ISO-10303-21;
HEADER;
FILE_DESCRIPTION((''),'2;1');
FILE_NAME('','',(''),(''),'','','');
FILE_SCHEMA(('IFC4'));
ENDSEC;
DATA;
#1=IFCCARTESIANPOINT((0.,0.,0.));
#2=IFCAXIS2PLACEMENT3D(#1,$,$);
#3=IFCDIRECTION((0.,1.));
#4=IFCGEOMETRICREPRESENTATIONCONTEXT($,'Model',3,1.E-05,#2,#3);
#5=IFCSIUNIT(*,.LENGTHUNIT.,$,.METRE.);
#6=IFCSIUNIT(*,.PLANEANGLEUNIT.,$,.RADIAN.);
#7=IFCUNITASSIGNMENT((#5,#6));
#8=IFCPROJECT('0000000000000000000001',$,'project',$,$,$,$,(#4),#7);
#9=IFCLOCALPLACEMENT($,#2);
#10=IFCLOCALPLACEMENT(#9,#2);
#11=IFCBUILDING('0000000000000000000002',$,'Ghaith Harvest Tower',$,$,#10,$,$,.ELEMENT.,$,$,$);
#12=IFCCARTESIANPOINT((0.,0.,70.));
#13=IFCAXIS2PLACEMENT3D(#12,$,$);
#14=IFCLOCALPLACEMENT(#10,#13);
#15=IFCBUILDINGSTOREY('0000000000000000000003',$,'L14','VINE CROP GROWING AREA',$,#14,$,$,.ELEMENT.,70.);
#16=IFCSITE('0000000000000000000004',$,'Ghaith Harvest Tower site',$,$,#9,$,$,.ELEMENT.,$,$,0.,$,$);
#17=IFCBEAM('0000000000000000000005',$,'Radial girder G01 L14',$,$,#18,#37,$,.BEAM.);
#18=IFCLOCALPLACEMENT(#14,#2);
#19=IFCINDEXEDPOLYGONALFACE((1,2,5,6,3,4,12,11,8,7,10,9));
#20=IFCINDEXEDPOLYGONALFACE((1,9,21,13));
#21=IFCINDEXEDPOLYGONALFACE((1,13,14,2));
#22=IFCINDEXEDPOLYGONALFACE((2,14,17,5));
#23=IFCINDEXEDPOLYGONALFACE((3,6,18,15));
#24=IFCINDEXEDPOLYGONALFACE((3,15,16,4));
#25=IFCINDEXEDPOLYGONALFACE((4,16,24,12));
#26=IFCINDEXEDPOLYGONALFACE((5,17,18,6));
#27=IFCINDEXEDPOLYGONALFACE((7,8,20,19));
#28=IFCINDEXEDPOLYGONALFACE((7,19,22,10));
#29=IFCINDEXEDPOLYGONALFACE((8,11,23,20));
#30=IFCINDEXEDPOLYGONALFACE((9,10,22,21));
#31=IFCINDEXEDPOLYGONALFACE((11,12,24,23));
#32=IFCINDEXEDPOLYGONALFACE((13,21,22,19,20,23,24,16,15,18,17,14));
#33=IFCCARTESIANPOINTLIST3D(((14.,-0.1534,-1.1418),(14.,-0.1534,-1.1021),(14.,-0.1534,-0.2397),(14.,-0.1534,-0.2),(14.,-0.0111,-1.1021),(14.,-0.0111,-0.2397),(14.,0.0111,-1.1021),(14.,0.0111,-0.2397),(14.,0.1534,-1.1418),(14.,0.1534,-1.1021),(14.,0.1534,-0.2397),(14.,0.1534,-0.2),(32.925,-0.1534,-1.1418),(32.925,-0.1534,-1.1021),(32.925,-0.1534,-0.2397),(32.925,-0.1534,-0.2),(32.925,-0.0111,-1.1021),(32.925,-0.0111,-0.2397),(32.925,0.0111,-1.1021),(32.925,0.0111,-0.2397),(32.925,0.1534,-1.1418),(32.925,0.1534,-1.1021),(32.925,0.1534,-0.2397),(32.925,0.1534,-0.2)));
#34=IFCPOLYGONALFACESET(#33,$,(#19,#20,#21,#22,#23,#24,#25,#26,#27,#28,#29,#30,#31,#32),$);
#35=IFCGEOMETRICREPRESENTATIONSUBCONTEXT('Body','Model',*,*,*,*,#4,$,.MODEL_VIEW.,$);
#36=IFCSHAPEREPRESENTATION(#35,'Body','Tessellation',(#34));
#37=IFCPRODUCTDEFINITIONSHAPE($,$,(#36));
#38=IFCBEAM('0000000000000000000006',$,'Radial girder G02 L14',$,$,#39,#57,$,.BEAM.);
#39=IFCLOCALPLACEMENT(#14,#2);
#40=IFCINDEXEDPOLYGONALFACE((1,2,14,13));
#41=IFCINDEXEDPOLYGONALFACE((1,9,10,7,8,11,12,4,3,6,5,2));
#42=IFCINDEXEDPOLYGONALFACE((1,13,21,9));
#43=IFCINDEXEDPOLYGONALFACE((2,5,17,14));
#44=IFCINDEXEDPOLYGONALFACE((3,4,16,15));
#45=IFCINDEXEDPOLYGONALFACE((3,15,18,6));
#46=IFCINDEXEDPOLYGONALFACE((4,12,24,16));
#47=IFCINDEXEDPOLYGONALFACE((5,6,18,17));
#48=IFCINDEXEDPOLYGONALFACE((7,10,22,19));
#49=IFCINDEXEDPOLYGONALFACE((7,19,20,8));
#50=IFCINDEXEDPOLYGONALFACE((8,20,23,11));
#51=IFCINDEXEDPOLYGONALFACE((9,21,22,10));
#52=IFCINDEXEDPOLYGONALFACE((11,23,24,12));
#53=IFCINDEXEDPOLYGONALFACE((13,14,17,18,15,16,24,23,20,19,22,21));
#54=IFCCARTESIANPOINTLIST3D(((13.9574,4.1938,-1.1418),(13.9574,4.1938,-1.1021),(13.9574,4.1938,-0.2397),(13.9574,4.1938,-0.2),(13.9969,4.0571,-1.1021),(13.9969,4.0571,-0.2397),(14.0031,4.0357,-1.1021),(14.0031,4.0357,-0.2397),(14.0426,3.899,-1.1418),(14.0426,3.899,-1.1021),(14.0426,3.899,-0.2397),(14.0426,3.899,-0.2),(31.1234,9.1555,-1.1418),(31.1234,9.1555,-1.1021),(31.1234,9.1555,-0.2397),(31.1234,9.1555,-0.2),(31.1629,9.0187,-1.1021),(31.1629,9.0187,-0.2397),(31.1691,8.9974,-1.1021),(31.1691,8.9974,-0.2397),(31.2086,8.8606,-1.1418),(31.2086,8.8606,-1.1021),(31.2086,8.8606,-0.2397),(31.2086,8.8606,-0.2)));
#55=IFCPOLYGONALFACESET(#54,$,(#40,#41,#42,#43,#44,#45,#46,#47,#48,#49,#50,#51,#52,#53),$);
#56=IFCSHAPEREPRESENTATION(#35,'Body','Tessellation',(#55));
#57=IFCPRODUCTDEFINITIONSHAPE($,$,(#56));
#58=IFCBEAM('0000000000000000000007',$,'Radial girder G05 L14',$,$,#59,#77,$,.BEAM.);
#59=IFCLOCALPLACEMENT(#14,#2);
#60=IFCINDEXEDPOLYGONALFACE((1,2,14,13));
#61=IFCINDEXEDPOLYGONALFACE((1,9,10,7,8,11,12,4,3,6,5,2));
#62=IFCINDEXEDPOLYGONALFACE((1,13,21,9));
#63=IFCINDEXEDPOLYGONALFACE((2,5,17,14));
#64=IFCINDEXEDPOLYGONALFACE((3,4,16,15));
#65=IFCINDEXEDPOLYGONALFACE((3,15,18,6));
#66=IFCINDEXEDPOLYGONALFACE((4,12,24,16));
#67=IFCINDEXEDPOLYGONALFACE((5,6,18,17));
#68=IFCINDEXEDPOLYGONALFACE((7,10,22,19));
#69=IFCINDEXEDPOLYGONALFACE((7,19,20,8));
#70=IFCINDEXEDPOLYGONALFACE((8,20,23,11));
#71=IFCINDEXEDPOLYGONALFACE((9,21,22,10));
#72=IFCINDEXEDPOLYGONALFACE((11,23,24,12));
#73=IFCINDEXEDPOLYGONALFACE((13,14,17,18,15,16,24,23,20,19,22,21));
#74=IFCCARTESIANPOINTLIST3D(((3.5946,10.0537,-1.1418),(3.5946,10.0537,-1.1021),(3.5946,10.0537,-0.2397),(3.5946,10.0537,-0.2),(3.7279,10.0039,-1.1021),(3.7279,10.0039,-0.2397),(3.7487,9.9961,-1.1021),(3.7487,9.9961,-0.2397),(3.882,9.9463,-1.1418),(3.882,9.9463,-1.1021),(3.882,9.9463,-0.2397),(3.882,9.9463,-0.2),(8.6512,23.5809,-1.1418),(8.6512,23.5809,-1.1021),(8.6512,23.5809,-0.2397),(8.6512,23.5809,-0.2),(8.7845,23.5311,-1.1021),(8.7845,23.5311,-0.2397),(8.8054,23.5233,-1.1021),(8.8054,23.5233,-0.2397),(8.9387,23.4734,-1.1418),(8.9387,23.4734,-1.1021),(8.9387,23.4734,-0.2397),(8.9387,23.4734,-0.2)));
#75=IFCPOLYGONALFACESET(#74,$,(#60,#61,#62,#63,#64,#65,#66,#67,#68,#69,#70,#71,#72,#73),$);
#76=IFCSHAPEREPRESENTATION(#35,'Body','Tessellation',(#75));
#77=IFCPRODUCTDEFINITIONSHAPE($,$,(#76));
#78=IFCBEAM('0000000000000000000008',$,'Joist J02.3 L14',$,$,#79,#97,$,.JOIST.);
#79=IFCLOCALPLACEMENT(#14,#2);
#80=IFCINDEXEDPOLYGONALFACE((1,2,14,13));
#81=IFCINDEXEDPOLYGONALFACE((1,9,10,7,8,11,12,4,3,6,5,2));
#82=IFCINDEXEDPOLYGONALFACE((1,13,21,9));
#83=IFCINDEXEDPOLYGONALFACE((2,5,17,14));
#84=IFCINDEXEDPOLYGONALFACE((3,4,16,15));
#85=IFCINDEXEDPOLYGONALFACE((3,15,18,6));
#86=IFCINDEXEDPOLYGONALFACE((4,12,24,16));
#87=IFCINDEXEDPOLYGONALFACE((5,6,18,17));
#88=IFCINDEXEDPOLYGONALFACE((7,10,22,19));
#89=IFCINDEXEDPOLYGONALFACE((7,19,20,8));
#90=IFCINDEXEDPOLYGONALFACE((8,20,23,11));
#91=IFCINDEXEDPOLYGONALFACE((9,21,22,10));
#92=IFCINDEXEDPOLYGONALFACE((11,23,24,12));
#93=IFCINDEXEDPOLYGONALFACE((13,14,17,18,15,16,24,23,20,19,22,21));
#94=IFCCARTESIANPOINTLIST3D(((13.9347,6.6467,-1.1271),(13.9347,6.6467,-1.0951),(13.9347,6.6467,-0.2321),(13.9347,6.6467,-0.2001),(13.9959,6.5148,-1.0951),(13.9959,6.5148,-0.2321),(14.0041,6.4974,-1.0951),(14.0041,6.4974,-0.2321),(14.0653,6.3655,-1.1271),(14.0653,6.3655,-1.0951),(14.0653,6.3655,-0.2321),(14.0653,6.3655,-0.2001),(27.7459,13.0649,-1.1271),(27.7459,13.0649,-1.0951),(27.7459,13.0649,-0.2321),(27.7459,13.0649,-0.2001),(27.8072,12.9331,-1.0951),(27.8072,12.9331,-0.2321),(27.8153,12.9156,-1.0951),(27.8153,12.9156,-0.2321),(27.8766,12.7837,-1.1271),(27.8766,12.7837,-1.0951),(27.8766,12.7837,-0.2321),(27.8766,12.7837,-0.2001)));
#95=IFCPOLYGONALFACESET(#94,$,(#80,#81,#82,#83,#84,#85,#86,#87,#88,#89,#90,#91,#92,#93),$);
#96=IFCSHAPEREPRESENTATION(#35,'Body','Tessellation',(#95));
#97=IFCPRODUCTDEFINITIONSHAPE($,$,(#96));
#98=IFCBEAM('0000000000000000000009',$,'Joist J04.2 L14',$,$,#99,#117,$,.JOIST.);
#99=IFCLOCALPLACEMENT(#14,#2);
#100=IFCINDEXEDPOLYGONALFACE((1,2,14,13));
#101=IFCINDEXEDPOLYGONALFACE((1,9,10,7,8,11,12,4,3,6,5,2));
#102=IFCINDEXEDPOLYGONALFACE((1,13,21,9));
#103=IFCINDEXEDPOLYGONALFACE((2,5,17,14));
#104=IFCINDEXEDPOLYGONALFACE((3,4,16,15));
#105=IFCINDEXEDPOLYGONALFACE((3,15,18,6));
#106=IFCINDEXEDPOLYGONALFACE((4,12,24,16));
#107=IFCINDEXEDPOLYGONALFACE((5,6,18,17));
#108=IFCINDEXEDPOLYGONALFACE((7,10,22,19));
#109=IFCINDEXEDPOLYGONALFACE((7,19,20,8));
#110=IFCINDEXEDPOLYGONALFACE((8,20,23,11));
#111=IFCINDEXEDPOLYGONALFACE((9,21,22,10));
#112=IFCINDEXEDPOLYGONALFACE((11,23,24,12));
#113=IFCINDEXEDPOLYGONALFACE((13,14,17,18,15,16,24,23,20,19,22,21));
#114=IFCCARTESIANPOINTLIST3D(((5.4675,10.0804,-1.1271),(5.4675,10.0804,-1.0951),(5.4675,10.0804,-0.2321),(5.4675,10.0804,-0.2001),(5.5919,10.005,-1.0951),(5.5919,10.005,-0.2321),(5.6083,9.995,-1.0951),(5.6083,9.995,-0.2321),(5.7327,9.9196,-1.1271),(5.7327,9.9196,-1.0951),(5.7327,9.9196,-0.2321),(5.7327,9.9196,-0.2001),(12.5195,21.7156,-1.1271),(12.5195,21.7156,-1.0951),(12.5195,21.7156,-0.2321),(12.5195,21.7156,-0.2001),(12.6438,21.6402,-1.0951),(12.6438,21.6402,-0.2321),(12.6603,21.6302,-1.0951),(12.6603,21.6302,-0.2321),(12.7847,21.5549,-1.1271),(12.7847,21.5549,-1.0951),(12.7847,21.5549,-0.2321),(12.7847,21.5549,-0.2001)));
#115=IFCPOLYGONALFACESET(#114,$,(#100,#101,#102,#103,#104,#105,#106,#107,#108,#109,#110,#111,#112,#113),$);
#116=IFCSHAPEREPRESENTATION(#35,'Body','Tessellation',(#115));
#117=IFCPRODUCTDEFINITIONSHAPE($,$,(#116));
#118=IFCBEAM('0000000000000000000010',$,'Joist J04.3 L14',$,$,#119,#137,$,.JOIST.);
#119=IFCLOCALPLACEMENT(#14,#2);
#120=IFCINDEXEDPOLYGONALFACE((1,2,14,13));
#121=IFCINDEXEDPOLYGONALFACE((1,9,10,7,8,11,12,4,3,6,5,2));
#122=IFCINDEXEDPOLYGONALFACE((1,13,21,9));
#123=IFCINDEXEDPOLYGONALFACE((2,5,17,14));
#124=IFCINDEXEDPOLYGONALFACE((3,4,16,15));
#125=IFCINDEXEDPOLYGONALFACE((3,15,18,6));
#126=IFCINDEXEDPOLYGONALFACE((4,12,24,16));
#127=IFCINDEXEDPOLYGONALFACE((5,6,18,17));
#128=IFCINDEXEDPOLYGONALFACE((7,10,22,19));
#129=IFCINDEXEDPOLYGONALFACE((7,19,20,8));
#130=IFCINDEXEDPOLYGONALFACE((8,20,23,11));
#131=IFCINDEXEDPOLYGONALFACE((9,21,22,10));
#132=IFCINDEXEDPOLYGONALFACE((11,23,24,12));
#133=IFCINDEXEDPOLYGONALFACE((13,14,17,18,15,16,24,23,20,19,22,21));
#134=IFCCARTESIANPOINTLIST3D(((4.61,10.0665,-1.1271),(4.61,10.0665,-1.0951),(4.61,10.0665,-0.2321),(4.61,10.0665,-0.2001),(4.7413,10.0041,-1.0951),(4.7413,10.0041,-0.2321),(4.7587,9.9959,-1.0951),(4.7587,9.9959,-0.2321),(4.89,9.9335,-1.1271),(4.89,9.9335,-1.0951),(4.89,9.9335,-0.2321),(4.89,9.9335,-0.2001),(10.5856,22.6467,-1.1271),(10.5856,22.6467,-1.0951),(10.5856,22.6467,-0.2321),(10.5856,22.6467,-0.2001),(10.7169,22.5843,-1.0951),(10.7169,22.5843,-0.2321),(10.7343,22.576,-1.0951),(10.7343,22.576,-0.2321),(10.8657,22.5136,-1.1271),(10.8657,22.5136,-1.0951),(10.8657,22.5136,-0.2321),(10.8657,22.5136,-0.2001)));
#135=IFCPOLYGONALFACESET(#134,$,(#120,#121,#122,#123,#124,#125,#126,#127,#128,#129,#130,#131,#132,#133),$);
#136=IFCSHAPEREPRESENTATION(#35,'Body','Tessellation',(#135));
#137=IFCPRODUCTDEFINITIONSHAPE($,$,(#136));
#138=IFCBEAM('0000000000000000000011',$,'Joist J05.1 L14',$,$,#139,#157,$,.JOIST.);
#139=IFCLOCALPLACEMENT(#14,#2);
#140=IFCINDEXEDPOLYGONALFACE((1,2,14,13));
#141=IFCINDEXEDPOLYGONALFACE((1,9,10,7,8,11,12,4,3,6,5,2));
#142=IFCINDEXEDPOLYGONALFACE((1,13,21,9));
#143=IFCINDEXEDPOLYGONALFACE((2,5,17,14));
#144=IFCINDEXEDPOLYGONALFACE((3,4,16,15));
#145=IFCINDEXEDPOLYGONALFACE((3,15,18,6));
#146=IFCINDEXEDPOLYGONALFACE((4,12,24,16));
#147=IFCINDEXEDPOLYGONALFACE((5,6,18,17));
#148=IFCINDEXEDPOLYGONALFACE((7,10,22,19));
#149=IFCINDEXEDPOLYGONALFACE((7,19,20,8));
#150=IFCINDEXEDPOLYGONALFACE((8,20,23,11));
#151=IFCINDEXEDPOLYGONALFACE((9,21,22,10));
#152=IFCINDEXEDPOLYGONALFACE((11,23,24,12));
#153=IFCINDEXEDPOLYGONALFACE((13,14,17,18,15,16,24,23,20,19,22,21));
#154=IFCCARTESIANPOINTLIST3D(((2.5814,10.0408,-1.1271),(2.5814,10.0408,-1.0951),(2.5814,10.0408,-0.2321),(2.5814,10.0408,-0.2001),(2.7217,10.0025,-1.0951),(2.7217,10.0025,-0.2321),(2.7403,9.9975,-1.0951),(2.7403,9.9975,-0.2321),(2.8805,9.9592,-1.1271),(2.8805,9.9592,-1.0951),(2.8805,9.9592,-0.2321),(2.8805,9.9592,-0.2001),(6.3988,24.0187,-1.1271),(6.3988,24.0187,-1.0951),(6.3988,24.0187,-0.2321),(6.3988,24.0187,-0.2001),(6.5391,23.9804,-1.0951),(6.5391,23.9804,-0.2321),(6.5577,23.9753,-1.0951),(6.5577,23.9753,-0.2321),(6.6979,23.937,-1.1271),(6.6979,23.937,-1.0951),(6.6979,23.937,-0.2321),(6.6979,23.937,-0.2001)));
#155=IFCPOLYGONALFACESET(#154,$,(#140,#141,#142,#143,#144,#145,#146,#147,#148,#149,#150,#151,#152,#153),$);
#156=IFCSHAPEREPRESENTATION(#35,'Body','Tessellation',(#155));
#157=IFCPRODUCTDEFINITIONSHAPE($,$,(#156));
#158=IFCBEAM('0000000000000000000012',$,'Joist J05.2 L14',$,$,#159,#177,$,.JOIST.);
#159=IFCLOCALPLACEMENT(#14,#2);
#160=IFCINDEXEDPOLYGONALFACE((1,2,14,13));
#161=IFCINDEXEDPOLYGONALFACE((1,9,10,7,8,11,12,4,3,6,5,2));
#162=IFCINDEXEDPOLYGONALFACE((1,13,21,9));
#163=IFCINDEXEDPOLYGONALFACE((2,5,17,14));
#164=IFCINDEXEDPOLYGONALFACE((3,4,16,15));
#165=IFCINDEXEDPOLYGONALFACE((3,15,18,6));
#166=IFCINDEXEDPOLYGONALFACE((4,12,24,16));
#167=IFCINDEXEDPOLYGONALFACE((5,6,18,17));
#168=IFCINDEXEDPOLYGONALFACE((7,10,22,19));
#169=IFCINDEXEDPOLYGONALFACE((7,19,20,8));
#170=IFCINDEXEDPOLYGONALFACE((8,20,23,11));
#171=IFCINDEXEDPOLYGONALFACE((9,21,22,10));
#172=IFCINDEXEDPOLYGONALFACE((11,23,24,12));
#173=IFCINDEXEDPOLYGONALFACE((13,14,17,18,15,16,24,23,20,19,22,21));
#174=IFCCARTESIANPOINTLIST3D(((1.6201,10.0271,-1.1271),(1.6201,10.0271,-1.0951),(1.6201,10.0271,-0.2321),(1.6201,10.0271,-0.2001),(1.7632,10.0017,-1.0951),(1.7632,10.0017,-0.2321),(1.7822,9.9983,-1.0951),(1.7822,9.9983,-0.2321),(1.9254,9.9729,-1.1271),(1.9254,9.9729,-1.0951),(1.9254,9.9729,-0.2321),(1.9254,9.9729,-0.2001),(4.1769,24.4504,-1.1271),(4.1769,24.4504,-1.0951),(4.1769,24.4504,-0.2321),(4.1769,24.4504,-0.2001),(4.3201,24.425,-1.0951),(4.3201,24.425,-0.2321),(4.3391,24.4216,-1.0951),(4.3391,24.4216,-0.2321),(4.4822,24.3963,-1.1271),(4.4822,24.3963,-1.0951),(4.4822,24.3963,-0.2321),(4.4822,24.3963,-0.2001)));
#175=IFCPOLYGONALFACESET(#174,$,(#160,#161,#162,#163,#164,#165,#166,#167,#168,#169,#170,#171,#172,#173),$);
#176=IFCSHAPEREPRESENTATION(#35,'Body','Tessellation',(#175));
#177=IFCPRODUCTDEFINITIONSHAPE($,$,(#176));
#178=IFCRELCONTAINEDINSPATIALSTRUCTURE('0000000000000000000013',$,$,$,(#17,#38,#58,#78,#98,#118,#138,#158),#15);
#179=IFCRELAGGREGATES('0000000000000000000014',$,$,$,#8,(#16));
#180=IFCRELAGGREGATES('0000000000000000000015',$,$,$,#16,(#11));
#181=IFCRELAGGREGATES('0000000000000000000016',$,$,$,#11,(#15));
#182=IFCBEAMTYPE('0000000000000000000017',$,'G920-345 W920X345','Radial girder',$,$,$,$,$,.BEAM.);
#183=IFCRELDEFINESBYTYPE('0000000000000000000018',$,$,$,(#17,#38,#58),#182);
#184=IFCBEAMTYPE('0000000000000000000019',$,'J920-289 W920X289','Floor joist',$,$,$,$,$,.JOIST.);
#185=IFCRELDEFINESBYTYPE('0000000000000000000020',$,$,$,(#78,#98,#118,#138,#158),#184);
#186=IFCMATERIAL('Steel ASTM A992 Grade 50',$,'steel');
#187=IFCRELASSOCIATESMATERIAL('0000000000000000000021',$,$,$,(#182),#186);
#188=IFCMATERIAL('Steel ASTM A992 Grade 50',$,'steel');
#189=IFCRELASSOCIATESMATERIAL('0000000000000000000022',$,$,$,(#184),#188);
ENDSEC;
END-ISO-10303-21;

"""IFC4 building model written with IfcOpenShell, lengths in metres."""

from ifc_helpers import new_model, si_unit, direction, frame, origin, origin_2d, place, context, subcontext, project, spatial, i_section, extrude, material, material_profile, profile_set, type_object, element, save


model = new_model("IFC4")

# Units and contexts
model_context = context("Model", 3, precision=1e-05, world=origin(), true_north=direction((0.0, 1.0)))
body_context = subcontext(model_context, "Body", "Model", "MODEL_VIEW")
ifc_project = project(units=[si_unit("LENGTHUNIT", "METRE"), si_unit("PLANEANGLEUNIT", "RADIAN")], contexts=[model_context])

# Site, building, storey
site_placement = place(None, origin())
site = spatial("IfcSite", under=ifc_project, at=site_placement, Name="Ghaith Harvest Tower site", CompositionType="ELEMENT", RefElevation=0.0)
building_placement = place(site_placement, origin())
building = spatial("IfcBuilding", under=site, at=building_placement, Name="Ghaith Harvest Tower", CompositionType="ELEMENT")
storey_placement = place(building_placement, frame((0.0, 0.0, 70.0)))
storey = spatial("IfcBuildingStorey", under=building, at=storey_placement, Name="L14", Description="VINE CROP GROWING AREA", CompositionType="ELEMENT", Elevation=70.0)

# Beams
ifc_material_1 = material(Name="Steel ASTM A992 Grade 50", Category="steel")
ifc_material_profile_1 = material_profile(ifc_material_1, i_section(OverallWidth=0.3069, OverallDepth=0.9419, WebThickness=0.0222, FlangeThickness=0.0398, at=origin_2d()), Name="W920X345")
ifc_profile_set_1 = profile_set([ifc_material_profile_1], Name="Steel ASTM A992 Grade 50")
beam_type_1 = type_object("IfcBeamType", Name="G920-345 W920X345", Description="Radial girder", PredefinedType="BEAM", material=ifc_profile_set_1)
beam_1_placement = place(storey_placement, frame((14.0, 0.0, -0.6709), z_axis=(1.0, 0.0, 0.0), x_axis=(0.0, 1.0, 0.0)))
element("IfcBeam", 1, at=beam_1_placement, inside=storey, type_object=beam_type_1, Name="Radial girder G01 L14", PredefinedType="BEAM", context=body_context, shape_type="SweptSolid", body=[
    extrude(i_section(OverallWidth=0.3069, OverallDepth=0.9419, WebThickness=0.0222, FlangeThickness=0.0398, at=origin_2d()), origin(), (0.0, 0.0, 1.0), 18.925),
])
beam_2_placement = place(storey_placement, frame((14.0, 4.0464, -0.6709), z_axis=(0.960675, 0.277674, 0.0), x_axis=(-0.277674, 0.960675, 0.0)))
element("IfcBeam", 2, at=beam_2_placement, inside=storey, type_object=beam_type_1, Name="Radial girder G02 L14", PredefinedType="BEAM", context=body_context, shape_type="SweptSolid", body=[
    extrude(i_section(OverallWidth=0.3069, OverallDepth=0.9419, WebThickness=0.0222, FlangeThickness=0.0398, at=origin_2d()), origin(), (0.0, 0.0, 1.0), 17.8687),
])
beam_3_placement = place(storey_placement, frame((3.7383, 10.0, -0.6709), z_axis=(0.350151, 0.936693, 0.0), x_axis=(-0.936693, 0.350151, 0.0)))
element("IfcBeam", 3, at=beam_3_placement, inside=storey, type_object=beam_type_1, Name="Radial girder G05 L14", PredefinedType="BEAM", context=body_context, shape_type="SweptSolid", body=[
    extrude(i_section(OverallWidth=0.3069, OverallDepth=0.9419, WebThickness=0.0222, FlangeThickness=0.0398, at=origin_2d()), origin(), (0.0, 0.0, 1.0), 14.4414),
])
ifc_material_2 = material(Name="Steel ASTM A992 Grade 50", Category="steel")
ifc_material_profile_2 = material_profile(ifc_material_2, i_section(OverallWidth=0.3101, OverallDepth=0.927, WebThickness=0.0193, FlangeThickness=0.032, at=origin_2d()), Name="W920X289")
ifc_profile_set_2 = profile_set([ifc_material_profile_2], Name="Steel ASTM A992 Grade 50")
beam_type_2 = type_object("IfcBeamType", Name="J920-289 W920X289", Description="Floor joist", PredefinedType="JOIST", material=ifc_profile_set_2)
beam_4_placement = place(storey_placement, frame((14.0, 6.5061, -0.6636), z_axis=(0.906863, 0.421426, 0.0), x_axis=(-0.421426, 0.906863, 0.0)))
element("IfcBeam", 4, at=beam_4_placement, inside=storey, type_object=beam_type_2, Name="Joist J02.3 L14", PredefinedType="JOIST", context=body_context, shape_type="SweptSolid", body=[
    extrude(i_section(OverallWidth=0.3101, OverallDepth=0.927, WebThickness=0.0193, FlangeThickness=0.032, at=origin_2d()), origin(), (0.0, 0.0, 1.0), 15.2297),
])
beam_5_placement = place(storey_placement, frame((5.6001, 10.0, -0.6636), z_axis=(0.51832, 0.855187, 0.0), x_axis=(-0.855187, 0.51832, 0.0)))
element("IfcBeam", 5, at=beam_5_placement, inside=storey, type_object=beam_type_2, Name="Joist J04.2 L14", PredefinedType="JOIST", context=body_context, shape_type="SweptSolid", body=[
    extrude(i_section(OverallWidth=0.3101, OverallDepth=0.927, WebThickness=0.0193, FlangeThickness=0.032, at=origin_2d()), origin(), (0.0, 0.0, 1.0), 13.6055),
])
beam_6_placement = place(storey_placement, frame((4.75, 10.0, -0.6636), z_axis=(0.42906, 0.903276, 0.0), x_axis=(-0.903276, 0.42906, 0.0)))
element("IfcBeam", 6, at=beam_6_placement, inside=storey, type_object=beam_type_2, Name="Joist J04.3 L14", PredefinedType="JOIST", context=body_context, shape_type="SweptSolid", body=[
    extrude(i_section(OverallWidth=0.3101, OverallDepth=0.927, WebThickness=0.0193, FlangeThickness=0.032, at=origin_2d()), origin(), (0.0, 0.0, 1.0), 13.9272),
])
beam_7_placement = place(storey_placement, frame((2.731, 10.0, -0.6636), z_axis=(0.263455, 0.964672, 0.0), x_axis=(-0.964672, 0.263455, 0.0)))
element("IfcBeam", 7, at=beam_7_placement, inside=storey, type_object=beam_type_2, Name="Joist J05.1 L14", PredefinedType="JOIST", context=body_context, shape_type="SweptSolid", body=[
    extrude(i_section(OverallWidth=0.3101, OverallDepth=0.927, WebThickness=0.0193, FlangeThickness=0.032, at=origin_2d()), origin(), (0.0, 0.0, 1.0), 14.4897),
])
beam_8_placement = place(storey_placement, frame((1.7727, 10.0, -0.6636), z_axis=(0.174553, 0.984648, 0.0), x_axis=(-0.984648, 0.174553, 0.0)))
element("IfcBeam", 8, at=beam_8_placement, inside=storey, type_object=beam_type_2, Name="Joist J05.2 L14", PredefinedType="JOIST", context=body_context, shape_type="SweptSolid", body=[
    extrude(i_section(OverallWidth=0.3101, OverallDepth=0.927, WebThickness=0.0193, FlangeThickness=0.032, at=origin_2d()), origin(), (0.0, 0.0, 1.0), 14.6482),
])

save(model, "model.ifc")
